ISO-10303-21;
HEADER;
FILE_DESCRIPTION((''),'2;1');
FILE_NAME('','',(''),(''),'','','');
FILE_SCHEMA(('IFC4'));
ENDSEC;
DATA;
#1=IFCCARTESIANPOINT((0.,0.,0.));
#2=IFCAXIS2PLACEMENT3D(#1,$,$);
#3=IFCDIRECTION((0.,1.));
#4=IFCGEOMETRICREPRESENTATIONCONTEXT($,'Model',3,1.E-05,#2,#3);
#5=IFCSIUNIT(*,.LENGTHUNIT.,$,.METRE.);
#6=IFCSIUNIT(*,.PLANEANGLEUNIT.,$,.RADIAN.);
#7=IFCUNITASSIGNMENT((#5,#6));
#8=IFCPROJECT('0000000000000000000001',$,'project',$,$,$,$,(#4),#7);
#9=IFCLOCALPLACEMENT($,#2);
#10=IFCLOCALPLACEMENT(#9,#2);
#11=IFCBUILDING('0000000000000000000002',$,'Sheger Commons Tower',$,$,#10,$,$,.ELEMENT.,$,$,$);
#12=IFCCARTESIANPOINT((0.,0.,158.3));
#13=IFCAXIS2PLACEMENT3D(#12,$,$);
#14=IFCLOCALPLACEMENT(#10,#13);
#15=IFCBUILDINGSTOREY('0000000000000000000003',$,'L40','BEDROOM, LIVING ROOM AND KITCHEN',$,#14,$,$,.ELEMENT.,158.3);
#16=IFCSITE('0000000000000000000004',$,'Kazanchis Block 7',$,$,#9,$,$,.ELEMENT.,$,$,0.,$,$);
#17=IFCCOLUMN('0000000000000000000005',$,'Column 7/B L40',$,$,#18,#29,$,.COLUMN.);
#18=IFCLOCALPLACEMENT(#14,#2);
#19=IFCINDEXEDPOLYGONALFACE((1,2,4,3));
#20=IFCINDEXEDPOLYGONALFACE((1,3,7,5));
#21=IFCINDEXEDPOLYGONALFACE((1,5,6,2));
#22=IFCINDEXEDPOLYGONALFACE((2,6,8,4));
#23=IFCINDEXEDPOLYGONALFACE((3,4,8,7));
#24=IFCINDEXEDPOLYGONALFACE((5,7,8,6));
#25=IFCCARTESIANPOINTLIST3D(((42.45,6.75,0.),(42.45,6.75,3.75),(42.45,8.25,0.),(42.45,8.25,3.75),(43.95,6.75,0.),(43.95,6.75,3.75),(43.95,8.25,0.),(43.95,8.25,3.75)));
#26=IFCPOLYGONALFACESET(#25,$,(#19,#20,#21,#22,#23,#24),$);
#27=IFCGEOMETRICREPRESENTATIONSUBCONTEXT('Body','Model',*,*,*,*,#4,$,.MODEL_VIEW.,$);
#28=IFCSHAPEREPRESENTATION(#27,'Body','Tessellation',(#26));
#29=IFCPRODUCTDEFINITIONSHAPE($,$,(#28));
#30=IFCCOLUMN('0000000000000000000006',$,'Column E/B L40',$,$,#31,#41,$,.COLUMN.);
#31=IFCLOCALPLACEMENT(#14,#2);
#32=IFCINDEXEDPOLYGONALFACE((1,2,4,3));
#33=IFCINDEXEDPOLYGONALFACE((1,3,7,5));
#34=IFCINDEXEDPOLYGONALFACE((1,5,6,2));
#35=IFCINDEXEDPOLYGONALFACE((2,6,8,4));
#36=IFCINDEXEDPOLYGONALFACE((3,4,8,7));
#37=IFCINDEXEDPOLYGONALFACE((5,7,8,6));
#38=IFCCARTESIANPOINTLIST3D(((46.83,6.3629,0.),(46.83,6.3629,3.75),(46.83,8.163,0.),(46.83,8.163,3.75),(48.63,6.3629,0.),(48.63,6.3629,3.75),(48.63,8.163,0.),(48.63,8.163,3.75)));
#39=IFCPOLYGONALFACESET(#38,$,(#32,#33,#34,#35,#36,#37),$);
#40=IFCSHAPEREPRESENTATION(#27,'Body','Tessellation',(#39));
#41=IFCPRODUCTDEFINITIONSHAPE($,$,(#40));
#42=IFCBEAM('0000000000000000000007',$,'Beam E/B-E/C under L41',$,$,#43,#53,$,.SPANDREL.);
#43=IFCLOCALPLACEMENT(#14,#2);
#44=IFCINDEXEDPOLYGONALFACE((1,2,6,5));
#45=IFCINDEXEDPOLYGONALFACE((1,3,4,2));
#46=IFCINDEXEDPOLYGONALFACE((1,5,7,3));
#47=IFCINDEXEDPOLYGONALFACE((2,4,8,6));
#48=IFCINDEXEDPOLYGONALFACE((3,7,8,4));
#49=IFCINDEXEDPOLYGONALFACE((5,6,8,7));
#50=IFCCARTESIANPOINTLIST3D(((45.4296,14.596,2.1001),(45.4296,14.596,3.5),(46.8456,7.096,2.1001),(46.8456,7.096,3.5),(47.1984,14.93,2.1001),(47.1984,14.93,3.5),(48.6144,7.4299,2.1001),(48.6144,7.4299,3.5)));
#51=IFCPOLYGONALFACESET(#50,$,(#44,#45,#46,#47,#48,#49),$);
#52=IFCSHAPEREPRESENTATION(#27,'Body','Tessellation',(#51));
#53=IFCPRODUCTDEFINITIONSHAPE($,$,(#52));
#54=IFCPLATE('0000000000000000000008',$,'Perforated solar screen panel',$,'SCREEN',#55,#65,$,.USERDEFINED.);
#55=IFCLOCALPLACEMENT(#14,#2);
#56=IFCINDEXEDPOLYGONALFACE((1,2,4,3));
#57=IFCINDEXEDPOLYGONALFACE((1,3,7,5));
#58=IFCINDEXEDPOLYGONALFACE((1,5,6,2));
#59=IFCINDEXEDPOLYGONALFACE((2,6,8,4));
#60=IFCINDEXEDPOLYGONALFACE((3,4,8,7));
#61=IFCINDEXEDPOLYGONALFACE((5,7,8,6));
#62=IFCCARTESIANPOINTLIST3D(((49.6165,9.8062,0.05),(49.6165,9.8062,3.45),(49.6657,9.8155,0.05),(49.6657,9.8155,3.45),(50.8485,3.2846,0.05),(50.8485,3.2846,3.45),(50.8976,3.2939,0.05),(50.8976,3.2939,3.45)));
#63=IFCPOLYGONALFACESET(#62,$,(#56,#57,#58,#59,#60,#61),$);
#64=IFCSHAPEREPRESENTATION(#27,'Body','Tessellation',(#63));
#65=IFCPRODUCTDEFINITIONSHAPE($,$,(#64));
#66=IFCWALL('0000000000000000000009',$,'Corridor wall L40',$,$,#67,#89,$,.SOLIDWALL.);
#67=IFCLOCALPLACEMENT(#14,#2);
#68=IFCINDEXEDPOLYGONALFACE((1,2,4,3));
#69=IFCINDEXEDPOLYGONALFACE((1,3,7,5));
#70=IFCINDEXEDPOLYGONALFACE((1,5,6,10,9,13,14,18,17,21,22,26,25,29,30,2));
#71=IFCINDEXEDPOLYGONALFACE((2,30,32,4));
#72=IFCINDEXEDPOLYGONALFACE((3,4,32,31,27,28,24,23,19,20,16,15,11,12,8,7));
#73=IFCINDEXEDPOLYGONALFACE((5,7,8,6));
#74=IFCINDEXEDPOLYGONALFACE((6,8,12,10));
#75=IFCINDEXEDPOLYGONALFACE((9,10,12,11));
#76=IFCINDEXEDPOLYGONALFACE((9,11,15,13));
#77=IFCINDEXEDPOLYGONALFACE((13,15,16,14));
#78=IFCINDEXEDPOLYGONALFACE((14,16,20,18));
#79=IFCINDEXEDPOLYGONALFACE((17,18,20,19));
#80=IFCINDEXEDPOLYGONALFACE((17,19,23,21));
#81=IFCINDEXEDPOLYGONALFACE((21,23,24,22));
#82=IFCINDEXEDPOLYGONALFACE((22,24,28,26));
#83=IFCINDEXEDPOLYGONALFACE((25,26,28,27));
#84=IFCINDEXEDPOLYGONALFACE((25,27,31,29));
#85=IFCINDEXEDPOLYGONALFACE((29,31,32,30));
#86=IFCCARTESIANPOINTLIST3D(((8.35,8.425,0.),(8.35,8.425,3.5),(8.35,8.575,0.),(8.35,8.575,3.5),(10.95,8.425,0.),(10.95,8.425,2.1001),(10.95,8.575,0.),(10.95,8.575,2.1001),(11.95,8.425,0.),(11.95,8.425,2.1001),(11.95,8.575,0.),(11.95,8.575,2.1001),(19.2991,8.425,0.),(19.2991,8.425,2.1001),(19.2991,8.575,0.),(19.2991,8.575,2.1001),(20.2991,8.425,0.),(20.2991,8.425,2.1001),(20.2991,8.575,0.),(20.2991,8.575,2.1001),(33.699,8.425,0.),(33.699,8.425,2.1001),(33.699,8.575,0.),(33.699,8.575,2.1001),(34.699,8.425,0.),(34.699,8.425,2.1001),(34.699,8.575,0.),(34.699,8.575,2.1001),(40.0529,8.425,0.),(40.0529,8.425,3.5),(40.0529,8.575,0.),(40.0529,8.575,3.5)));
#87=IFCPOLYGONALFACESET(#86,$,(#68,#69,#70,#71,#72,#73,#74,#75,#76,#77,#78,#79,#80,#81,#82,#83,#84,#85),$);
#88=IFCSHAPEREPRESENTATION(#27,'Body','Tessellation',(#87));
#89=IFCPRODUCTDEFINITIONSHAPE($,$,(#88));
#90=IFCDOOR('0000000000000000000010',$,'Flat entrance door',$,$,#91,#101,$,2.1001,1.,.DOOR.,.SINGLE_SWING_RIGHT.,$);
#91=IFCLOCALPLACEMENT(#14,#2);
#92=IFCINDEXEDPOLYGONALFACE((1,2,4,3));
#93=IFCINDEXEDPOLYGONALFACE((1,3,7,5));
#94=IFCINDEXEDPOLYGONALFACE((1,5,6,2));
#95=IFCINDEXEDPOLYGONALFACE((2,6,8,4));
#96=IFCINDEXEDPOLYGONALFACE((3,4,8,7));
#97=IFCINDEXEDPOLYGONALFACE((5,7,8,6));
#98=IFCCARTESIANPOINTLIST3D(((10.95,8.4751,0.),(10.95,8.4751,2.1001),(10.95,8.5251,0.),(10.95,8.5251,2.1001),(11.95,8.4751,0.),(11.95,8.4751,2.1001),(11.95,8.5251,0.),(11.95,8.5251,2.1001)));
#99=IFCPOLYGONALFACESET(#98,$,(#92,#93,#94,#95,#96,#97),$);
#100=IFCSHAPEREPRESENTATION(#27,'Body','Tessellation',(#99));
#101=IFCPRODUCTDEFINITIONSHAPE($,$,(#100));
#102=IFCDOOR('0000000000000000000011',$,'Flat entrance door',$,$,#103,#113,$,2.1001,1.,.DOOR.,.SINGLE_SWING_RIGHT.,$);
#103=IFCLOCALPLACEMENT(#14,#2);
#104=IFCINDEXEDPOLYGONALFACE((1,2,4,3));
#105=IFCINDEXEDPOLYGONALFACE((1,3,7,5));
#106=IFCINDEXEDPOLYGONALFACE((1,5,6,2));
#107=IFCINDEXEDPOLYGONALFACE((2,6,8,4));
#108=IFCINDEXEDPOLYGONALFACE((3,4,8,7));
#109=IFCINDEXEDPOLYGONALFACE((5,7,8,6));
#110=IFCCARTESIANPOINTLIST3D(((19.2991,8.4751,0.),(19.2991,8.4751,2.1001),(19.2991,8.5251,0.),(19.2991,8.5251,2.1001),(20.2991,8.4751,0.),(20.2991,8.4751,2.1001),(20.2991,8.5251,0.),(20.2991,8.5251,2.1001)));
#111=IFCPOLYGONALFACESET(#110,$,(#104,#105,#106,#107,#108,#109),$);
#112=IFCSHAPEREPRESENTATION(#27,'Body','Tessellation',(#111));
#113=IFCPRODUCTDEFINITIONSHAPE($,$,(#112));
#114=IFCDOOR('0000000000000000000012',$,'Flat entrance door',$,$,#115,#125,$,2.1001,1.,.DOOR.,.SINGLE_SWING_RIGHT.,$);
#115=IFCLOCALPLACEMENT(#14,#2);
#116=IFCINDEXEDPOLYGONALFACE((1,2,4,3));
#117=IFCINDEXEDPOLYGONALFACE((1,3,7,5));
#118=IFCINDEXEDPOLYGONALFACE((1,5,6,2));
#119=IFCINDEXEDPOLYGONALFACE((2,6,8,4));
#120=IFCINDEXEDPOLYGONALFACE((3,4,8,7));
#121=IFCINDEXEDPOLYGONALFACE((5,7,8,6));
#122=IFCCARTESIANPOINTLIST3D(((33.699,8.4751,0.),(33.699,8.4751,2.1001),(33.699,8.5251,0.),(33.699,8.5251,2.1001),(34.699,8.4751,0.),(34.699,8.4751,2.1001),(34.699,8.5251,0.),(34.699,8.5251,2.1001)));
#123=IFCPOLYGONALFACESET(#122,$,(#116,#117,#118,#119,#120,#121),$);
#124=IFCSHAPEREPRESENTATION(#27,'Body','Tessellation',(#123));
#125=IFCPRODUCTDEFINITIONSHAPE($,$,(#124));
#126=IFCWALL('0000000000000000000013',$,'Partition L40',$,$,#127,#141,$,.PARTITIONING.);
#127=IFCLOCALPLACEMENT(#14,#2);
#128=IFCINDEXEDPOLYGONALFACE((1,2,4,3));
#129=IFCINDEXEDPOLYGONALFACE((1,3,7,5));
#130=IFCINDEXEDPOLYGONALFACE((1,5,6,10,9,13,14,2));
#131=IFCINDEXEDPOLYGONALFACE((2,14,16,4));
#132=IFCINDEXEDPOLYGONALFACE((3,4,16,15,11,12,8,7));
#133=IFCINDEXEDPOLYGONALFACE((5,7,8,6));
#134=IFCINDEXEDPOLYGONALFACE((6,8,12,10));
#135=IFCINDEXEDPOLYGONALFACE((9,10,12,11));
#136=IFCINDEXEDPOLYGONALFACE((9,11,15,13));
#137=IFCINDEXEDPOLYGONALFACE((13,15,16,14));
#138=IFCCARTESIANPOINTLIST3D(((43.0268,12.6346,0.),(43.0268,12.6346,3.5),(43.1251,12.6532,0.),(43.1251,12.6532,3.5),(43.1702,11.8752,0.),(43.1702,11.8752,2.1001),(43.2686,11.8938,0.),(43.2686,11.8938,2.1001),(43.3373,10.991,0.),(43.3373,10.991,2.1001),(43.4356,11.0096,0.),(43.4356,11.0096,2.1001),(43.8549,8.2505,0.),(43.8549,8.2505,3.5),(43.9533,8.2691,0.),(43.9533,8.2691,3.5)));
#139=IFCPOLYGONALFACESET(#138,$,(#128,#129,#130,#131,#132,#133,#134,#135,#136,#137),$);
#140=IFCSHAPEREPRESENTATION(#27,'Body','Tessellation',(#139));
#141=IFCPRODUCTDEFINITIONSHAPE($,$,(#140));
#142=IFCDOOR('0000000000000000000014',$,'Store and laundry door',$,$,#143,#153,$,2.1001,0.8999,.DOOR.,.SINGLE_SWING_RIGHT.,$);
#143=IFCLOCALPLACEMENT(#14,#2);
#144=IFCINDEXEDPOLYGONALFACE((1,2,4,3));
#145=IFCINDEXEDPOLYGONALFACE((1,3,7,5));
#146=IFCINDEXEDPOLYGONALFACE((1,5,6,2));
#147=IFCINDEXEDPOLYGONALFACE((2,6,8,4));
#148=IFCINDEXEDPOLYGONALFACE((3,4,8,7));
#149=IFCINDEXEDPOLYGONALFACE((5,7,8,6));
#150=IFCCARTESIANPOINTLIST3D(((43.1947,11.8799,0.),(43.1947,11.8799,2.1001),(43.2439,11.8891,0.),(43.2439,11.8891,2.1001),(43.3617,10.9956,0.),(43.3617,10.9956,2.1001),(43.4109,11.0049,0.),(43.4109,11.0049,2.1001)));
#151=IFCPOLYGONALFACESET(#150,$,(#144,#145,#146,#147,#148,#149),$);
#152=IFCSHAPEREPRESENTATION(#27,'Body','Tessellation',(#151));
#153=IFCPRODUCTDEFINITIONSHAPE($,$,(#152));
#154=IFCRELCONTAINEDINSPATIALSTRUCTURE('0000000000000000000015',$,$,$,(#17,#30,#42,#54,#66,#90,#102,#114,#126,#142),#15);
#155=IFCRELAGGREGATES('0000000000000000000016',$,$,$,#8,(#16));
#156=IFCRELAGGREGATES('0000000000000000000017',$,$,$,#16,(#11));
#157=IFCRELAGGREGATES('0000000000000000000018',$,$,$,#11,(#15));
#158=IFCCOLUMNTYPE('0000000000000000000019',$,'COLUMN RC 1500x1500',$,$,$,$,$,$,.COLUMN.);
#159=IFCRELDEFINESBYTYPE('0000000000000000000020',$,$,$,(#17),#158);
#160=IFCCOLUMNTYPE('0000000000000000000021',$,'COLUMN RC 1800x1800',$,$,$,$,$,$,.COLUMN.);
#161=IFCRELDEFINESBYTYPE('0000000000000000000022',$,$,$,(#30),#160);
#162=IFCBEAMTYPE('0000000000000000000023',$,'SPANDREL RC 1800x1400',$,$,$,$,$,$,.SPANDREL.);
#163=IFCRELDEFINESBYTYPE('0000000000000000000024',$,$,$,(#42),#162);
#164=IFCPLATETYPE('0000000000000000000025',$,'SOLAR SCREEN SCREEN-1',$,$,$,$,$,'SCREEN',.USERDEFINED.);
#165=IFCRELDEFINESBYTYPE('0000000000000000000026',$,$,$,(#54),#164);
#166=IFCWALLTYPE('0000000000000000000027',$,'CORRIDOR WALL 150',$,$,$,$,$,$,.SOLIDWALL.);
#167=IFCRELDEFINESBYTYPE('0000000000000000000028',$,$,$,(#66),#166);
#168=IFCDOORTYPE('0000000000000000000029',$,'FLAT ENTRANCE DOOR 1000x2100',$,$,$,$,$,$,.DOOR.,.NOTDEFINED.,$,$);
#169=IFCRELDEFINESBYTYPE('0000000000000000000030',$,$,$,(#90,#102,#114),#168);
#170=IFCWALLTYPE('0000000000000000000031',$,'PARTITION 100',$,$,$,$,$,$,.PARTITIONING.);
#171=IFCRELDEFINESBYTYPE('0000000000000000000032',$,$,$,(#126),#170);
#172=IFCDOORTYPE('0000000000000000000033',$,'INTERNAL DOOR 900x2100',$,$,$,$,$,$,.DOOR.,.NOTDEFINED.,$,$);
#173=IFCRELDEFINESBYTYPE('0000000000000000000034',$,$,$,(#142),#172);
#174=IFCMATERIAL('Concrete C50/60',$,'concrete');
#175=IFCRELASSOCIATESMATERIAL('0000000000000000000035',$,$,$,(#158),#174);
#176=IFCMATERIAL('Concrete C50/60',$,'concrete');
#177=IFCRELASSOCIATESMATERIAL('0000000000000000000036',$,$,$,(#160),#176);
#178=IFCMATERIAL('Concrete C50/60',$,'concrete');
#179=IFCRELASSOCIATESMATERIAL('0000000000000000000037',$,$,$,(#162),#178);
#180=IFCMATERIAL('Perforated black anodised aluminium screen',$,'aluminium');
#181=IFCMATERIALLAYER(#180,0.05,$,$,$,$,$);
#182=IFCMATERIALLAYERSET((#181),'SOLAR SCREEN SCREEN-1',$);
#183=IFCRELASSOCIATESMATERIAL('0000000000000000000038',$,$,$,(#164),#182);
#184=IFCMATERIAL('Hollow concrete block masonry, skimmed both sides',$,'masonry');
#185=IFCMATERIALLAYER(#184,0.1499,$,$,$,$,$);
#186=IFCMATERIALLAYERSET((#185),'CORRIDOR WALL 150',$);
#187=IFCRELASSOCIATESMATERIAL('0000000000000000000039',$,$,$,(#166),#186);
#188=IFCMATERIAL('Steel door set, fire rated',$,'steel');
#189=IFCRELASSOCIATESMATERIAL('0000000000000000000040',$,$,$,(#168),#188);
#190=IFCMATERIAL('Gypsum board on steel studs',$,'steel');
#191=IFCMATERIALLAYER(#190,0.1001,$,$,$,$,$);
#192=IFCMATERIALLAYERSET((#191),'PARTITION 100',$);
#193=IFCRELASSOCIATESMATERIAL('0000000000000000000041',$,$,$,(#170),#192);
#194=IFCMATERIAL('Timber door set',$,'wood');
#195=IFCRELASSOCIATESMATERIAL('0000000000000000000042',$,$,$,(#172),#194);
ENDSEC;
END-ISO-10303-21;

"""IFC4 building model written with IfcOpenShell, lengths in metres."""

from ifc_helpers import new_model, si_unit, direction, frame, frame_2d, origin, origin_2d, place, context, subcontext, project, spatial, rectangle, extrude, material, layer, layer_set, material_profile, profile_set, type_object, element, fill, save


model = new_model("IFC4")

# Units and contexts
model_context = context("Model", 3, precision=1e-05, world=origin(), true_north=direction((0.0, 1.0)))
body_context = subcontext(model_context, "Body", "Model", "MODEL_VIEW")
ifc_project = project(units=[si_unit("LENGTHUNIT", "METRE"), si_unit("PLANEANGLEUNIT", "RADIAN")], contexts=[model_context])

# Site, building, storey
site_placement = place(None, origin())
site = spatial("IfcSite", under=ifc_project, at=site_placement, Name="Kazanchis Block 7", CompositionType="ELEMENT", RefElevation=0.0)
building_placement = place(site_placement, origin())
building = spatial("IfcBuilding", under=site, at=building_placement, Name="Sheger Commons Tower", CompositionType="ELEMENT")
storey_placement = place(building_placement, frame((0.0, 0.0, 158.3)))
storey = spatial("IfcBuildingStorey", under=building, at=storey_placement, Name="L40", Description="BEDROOM, LIVING ROOM AND KITCHEN", CompositionType="ELEMENT", Elevation=158.3)

# Columns
ifc_material_1 = material(Name="Concrete C50/60", Category="concrete")
ifc_material_profile_1 = material_profile(ifc_material_1, rectangle(XDim=1.5, YDim=1.5, at=origin_2d()), Name="RC 1500x1500")
ifc_profile_set_1 = profile_set([ifc_material_profile_1], Name="Concrete C50/60")
column_type_1 = type_object("IfcColumnType", Name="COLUMN RC 1500x1500", PredefinedType="COLUMN", material=ifc_profile_set_1)
column_1_placement = place(storey_placement, frame((43.2, 7.5, 0.0), z_axis=(0.0, 0.0, 1.0), x_axis=(1.0, 0.0, 0.0)))
element("IfcColumn", 1, at=column_1_placement, inside=storey, type_object=column_type_1, Name="Column 7/B L40", PredefinedType="COLUMN", context=body_context, shape_type="SweptSolid", body=[
    extrude(rectangle(XDim=1.5, YDim=1.5, at=origin_2d()), origin(), (0.0, 0.0, 1.0), 3.75),
])
ifc_material_2 = material(Name="Concrete C50/60", Category="concrete")
ifc_material_profile_2 = material_profile(ifc_material_2, rectangle(XDim=1.8, YDim=1.8, at=origin_2d()), Name="RC 1800x1800")
ifc_profile_set_2 = profile_set([ifc_material_profile_2], Name="Concrete C50/60")
column_type_2 = type_object("IfcColumnType", Name="COLUMN RC 1800x1800", PredefinedType="COLUMN", material=ifc_profile_set_2)
column_2_placement = place(storey_placement, frame((47.73, 7.2629, 0.0), z_axis=(0.0, 0.0, 1.0), x_axis=(1.0, 0.0, 0.0)))
element("IfcColumn", 2, at=column_2_placement, inside=storey, type_object=column_type_2, Name="Column E/B L40", PredefinedType="COLUMN", context=body_context, shape_type="SweptSolid", body=[
    extrude(rectangle(XDim=1.8, YDim=1.8, at=origin_2d()), origin(), (0.0, 0.0, 1.0), 3.75),
])

# Beam
ifc_material_3 = material(Name="Concrete C50/60", Category="concrete")
ifc_material_profile_3 = material_profile(ifc_material_3, rectangle(XDim=1.8, YDim=1.3999, at=origin_2d()), Name="RC 1800x1400")
ifc_profile_set_3 = profile_set([ifc_material_profile_3], Name="Concrete C50/60")
beam_type = type_object("IfcBeamType", Name="SPANDREL RC 1800x1400", PredefinedType="SPANDREL", material=ifc_profile_set_3)
beam_placement = place(storey_placement, frame((47.73, 7.2629, 2.8), z_axis=(-0.185524, 0.98264, 0.0), x_axis=(-0.98264, -0.185524, 0.0)))
element("IfcBeam", 3, at=beam_placement, inside=storey, type_object=beam_type, Name="Beam E/B-E/C under L41", PredefinedType="SPANDREL", context=body_context, shape_type="SweptSolid", body=[
    extrude(rectangle(XDim=1.8, YDim=1.3999, at=origin_2d()), origin(), (0.0, 0.0, 1.0), 7.6326),
])

# Plate
ifc_material_4 = material(Name="Perforated black anodised aluminium screen", Category="aluminium")
ifc_layer_1 = layer(ifc_material_4, 0.05)
ifc_layer_set_1 = layer_set([ifc_layer_1], Name="SOLAR SCREEN SCREEN-1")
plate_type = type_object("IfcPlateType", Name="SOLAR SCREEN SCREEN-1", ElementType="SCREEN", PredefinedType="USERDEFINED", material=ifc_layer_set_1)
plate_placement = place(storey_placement, frame((50.2571, 6.55, 0.05), z_axis=(0.0, 0.0, 1.0), x_axis=(-0.185615, 0.982623, 0.0)))
element("IfcPlate", 4, at=plate_placement, inside=storey, type_object=plate_type, Name="Perforated solar screen panel", ObjectType="SCREEN", PredefinedType="USERDEFINED", context=body_context, shape_type="SweptSolid", body=[
    extrude(rectangle(XDim=6.637, YDim=0.05, at=origin_2d()), origin(), (0.0, 0.0, 1.0), 3.3999),
])

# Wall, openings, doors
ifc_material_5 = material(Name="Hollow concrete block masonry, skimmed both sides", Category="masonry")
ifc_layer_2 = layer(ifc_material_5, 0.1499)
ifc_layer_set_2 = layer_set([ifc_layer_2], Name="CORRIDOR WALL 150")
wall_type_1 = type_object("IfcWallType", Name="CORRIDOR WALL 150", PredefinedType="SOLIDWALL", material=ifc_layer_set_2)
wall_1_placement = place(storey_placement, frame((40.053, 8.5, 0.0), z_axis=(0.0, 0.0, 1.0), x_axis=(-1.0, 0.0, 0.0)))
wall_1 = element("IfcWall", 5, at=wall_1_placement, inside=storey, type_object=wall_type_1, Name="Corridor wall L40", PredefinedType="SOLIDWALL", context=body_context, shape_type="SweptSolid", body=[
    extrude(rectangle(XDim=31.7029, YDim=0.1499, at=frame_2d((15.8516, 0.0))), origin(), (0.0, 0.0, 1.0), 3.5),
])
opening_1_placement = place(wall_1_placement, frame((28.103, 0.0, 0.0)))
opening_1 = element("IfcOpeningElement", 6, at=opening_1_placement, cuts=wall_1, PredefinedType="OPENING", context=body_context, shape_type="SweptSolid", body=[
    extrude(rectangle(XDim=1.0, YDim=2.1001, at=frame_2d((0.5, 1.05))), frame((0.0, 0.085, 0.0), z_axis=(0.0, -1.0, 0.0), x_axis=(1.0, 0.0, 0.0)), (0.0, 0.0, 1.0), 0.1699),
])
opening_2_placement = place(wall_1_placement, frame((19.7539, 0.0, 0.0)))
opening_2 = element("IfcOpeningElement", 7, at=opening_2_placement, cuts=wall_1, PredefinedType="OPENING", context=body_context, shape_type="SweptSolid", body=[
    extrude(rectangle(XDim=1.0, YDim=2.1001, at=frame_2d((0.5, 1.05))), frame((0.0, 0.085, 0.0), z_axis=(0.0, -1.0, 0.0), x_axis=(1.0, 0.0, 0.0)), (0.0, 0.0, 1.0), 0.1699),
])
opening_3_placement = place(wall_1_placement, frame((5.354, 0.0, 0.0)))
opening_3 = element("IfcOpeningElement", 8, at=opening_3_placement, cuts=wall_1, PredefinedType="OPENING", context=body_context, shape_type="SweptSolid", body=[
    extrude(rectangle(XDim=1.0, YDim=2.1001, at=frame_2d((0.5, 1.05))), frame((0.0, 0.085, 0.0), z_axis=(0.0, -1.0, 0.0), x_axis=(1.0, 0.0, 0.0)), (0.0, 0.0, 1.0), 0.1699),
])
ifc_material_6 = material(Name="Steel door set, fire rated", Category="steel")
door_type_1 = type_object("IfcDoorType", Name="FLAT ENTRANCE DOOR 1000x2100", OperationType="NOTDEFINED", PredefinedType="DOOR", material=ifc_material_6)
door_1_placement = place(opening_1_placement, origin())
door_1 = element("IfcDoor", 9, at=door_1_placement, inside=storey, type_object=door_type_1, Name="Flat entrance door", OperationType="SINGLE_SWING_RIGHT", OverallHeight=2.1001, OverallWidth=1.0, PredefinedType="DOOR", context=body_context, shape_type="SweptSolid", body=[
    extrude(rectangle(XDim=1.0, YDim=2.1001, at=frame_2d((0.5, 1.05))), frame((0.0, 0.0249, 0.0), z_axis=(0.0, -1.0, 0.0), x_axis=(1.0, 0.0, 0.0)), (0.0, 0.0, 1.0), 0.05),
])
fill(opening_1, door_1)
door_2_placement = place(opening_2_placement, origin())
door_2 = element("IfcDoor", 10, at=door_2_placement, inside=storey, type_object=door_type_1, Name="Flat entrance door", OperationType="SINGLE_SWING_RIGHT", OverallHeight=2.1001, OverallWidth=1.0, PredefinedType="DOOR", context=body_context, shape_type="SweptSolid", body=[
    extrude(rectangle(XDim=1.0, YDim=2.1001, at=frame_2d((0.5, 1.05))), frame((0.0, 0.0249, 0.0), z_axis=(0.0, -1.0, 0.0), x_axis=(1.0, 0.0, 0.0)), (0.0, 0.0, 1.0), 0.05),
])
fill(opening_2, door_2)
door_3_placement = place(opening_3_placement, origin())
door_3 = element("IfcDoor", 11, at=door_3_placement, inside=storey, type_object=door_type_1, Name="Flat entrance door", OperationType="SINGLE_SWING_RIGHT", OverallHeight=2.1001, OverallWidth=1.0, PredefinedType="DOOR", context=body_context, shape_type="SweptSolid", body=[
    extrude(rectangle(XDim=1.0, YDim=2.1001, at=frame_2d((0.5, 1.05))), frame((0.0, 0.0249, 0.0), z_axis=(0.0, -1.0, 0.0), x_axis=(1.0, 0.0, 0.0)), (0.0, 0.0, 1.0), 0.05),
])
fill(opening_3, door_3)

# Wall, opening, door
ifc_material_7 = material(Name="Gypsum board on steel studs", Category="steel")
ifc_layer_3 = layer(ifc_material_7, 0.1001)
ifc_layer_set_3 = layer_set([ifc_layer_3], Name="PARTITION 100")
wall_type_2 = type_object("IfcWallType", Name="PARTITION 100", PredefinedType="PARTITIONING", material=ifc_layer_set_3)
wall_2_placement = place(storey_placement, frame((43.0759, 12.644, 0.0), z_axis=(0.0, 0.0, 1.0), x_axis=(0.185613, -0.982623, 0.0)))
wall_2 = element("IfcWall", 12, at=wall_2_placement, inside=storey, type_object=wall_type_2, Name="Partition L40", PredefinedType="PARTITIONING", context=body_context, shape_type="SweptSolid", body=[
    extrude(rectangle(XDim=4.4617, YDim=0.1001, at=frame_2d((2.231, 0.0))), origin(), (0.0, 0.0, 1.0), 3.5),
])
opening_4_placement = place(wall_2_placement, frame((0.7729, 0.0, 0.0)))
opening_4 = element("IfcOpeningElement", 13, at=opening_4_placement, cuts=wall_2, PredefinedType="OPENING", context=body_context, shape_type="SweptSolid", body=[
    extrude(rectangle(XDim=0.8999, YDim=2.1001, at=frame_2d((0.45, 1.05))), frame((0.0, 0.0601, 0.0), z_axis=(0.0, -1.0, 0.0), x_axis=(1.0, 0.0, 0.0)), (0.0, 0.0, 1.0), 0.1201),
])
ifc_material_8 = material(Name="Timber door set", Category="wood")
door_type_2 = type_object("IfcDoorType", Name="INTERNAL DOOR 900x2100", OperationType="NOTDEFINED", PredefinedType="DOOR", material=ifc_material_8)
door_4_placement = place(opening_4_placement, origin())
door_4 = element("IfcDoor", 14, at=door_4_placement, inside=storey, type_object=door_type_2, Name="Store and laundry door", OperationType="SINGLE_SWING_RIGHT", OverallHeight=2.1001, OverallWidth=0.8999, PredefinedType="DOOR", context=body_context, shape_type="SweptSolid", body=[
    extrude(rectangle(XDim=0.8999, YDim=2.1001, at=frame_2d((0.45, 1.05))), frame((0.0, 0.0249, 0.0), z_axis=(0.0, -1.0, 0.0), x_axis=(1.0, 0.0, 0.0)), (0.0, 0.0, 1.0), 0.05),
])
fill(opening_4, door_4)

save(model, "model.ifc")
